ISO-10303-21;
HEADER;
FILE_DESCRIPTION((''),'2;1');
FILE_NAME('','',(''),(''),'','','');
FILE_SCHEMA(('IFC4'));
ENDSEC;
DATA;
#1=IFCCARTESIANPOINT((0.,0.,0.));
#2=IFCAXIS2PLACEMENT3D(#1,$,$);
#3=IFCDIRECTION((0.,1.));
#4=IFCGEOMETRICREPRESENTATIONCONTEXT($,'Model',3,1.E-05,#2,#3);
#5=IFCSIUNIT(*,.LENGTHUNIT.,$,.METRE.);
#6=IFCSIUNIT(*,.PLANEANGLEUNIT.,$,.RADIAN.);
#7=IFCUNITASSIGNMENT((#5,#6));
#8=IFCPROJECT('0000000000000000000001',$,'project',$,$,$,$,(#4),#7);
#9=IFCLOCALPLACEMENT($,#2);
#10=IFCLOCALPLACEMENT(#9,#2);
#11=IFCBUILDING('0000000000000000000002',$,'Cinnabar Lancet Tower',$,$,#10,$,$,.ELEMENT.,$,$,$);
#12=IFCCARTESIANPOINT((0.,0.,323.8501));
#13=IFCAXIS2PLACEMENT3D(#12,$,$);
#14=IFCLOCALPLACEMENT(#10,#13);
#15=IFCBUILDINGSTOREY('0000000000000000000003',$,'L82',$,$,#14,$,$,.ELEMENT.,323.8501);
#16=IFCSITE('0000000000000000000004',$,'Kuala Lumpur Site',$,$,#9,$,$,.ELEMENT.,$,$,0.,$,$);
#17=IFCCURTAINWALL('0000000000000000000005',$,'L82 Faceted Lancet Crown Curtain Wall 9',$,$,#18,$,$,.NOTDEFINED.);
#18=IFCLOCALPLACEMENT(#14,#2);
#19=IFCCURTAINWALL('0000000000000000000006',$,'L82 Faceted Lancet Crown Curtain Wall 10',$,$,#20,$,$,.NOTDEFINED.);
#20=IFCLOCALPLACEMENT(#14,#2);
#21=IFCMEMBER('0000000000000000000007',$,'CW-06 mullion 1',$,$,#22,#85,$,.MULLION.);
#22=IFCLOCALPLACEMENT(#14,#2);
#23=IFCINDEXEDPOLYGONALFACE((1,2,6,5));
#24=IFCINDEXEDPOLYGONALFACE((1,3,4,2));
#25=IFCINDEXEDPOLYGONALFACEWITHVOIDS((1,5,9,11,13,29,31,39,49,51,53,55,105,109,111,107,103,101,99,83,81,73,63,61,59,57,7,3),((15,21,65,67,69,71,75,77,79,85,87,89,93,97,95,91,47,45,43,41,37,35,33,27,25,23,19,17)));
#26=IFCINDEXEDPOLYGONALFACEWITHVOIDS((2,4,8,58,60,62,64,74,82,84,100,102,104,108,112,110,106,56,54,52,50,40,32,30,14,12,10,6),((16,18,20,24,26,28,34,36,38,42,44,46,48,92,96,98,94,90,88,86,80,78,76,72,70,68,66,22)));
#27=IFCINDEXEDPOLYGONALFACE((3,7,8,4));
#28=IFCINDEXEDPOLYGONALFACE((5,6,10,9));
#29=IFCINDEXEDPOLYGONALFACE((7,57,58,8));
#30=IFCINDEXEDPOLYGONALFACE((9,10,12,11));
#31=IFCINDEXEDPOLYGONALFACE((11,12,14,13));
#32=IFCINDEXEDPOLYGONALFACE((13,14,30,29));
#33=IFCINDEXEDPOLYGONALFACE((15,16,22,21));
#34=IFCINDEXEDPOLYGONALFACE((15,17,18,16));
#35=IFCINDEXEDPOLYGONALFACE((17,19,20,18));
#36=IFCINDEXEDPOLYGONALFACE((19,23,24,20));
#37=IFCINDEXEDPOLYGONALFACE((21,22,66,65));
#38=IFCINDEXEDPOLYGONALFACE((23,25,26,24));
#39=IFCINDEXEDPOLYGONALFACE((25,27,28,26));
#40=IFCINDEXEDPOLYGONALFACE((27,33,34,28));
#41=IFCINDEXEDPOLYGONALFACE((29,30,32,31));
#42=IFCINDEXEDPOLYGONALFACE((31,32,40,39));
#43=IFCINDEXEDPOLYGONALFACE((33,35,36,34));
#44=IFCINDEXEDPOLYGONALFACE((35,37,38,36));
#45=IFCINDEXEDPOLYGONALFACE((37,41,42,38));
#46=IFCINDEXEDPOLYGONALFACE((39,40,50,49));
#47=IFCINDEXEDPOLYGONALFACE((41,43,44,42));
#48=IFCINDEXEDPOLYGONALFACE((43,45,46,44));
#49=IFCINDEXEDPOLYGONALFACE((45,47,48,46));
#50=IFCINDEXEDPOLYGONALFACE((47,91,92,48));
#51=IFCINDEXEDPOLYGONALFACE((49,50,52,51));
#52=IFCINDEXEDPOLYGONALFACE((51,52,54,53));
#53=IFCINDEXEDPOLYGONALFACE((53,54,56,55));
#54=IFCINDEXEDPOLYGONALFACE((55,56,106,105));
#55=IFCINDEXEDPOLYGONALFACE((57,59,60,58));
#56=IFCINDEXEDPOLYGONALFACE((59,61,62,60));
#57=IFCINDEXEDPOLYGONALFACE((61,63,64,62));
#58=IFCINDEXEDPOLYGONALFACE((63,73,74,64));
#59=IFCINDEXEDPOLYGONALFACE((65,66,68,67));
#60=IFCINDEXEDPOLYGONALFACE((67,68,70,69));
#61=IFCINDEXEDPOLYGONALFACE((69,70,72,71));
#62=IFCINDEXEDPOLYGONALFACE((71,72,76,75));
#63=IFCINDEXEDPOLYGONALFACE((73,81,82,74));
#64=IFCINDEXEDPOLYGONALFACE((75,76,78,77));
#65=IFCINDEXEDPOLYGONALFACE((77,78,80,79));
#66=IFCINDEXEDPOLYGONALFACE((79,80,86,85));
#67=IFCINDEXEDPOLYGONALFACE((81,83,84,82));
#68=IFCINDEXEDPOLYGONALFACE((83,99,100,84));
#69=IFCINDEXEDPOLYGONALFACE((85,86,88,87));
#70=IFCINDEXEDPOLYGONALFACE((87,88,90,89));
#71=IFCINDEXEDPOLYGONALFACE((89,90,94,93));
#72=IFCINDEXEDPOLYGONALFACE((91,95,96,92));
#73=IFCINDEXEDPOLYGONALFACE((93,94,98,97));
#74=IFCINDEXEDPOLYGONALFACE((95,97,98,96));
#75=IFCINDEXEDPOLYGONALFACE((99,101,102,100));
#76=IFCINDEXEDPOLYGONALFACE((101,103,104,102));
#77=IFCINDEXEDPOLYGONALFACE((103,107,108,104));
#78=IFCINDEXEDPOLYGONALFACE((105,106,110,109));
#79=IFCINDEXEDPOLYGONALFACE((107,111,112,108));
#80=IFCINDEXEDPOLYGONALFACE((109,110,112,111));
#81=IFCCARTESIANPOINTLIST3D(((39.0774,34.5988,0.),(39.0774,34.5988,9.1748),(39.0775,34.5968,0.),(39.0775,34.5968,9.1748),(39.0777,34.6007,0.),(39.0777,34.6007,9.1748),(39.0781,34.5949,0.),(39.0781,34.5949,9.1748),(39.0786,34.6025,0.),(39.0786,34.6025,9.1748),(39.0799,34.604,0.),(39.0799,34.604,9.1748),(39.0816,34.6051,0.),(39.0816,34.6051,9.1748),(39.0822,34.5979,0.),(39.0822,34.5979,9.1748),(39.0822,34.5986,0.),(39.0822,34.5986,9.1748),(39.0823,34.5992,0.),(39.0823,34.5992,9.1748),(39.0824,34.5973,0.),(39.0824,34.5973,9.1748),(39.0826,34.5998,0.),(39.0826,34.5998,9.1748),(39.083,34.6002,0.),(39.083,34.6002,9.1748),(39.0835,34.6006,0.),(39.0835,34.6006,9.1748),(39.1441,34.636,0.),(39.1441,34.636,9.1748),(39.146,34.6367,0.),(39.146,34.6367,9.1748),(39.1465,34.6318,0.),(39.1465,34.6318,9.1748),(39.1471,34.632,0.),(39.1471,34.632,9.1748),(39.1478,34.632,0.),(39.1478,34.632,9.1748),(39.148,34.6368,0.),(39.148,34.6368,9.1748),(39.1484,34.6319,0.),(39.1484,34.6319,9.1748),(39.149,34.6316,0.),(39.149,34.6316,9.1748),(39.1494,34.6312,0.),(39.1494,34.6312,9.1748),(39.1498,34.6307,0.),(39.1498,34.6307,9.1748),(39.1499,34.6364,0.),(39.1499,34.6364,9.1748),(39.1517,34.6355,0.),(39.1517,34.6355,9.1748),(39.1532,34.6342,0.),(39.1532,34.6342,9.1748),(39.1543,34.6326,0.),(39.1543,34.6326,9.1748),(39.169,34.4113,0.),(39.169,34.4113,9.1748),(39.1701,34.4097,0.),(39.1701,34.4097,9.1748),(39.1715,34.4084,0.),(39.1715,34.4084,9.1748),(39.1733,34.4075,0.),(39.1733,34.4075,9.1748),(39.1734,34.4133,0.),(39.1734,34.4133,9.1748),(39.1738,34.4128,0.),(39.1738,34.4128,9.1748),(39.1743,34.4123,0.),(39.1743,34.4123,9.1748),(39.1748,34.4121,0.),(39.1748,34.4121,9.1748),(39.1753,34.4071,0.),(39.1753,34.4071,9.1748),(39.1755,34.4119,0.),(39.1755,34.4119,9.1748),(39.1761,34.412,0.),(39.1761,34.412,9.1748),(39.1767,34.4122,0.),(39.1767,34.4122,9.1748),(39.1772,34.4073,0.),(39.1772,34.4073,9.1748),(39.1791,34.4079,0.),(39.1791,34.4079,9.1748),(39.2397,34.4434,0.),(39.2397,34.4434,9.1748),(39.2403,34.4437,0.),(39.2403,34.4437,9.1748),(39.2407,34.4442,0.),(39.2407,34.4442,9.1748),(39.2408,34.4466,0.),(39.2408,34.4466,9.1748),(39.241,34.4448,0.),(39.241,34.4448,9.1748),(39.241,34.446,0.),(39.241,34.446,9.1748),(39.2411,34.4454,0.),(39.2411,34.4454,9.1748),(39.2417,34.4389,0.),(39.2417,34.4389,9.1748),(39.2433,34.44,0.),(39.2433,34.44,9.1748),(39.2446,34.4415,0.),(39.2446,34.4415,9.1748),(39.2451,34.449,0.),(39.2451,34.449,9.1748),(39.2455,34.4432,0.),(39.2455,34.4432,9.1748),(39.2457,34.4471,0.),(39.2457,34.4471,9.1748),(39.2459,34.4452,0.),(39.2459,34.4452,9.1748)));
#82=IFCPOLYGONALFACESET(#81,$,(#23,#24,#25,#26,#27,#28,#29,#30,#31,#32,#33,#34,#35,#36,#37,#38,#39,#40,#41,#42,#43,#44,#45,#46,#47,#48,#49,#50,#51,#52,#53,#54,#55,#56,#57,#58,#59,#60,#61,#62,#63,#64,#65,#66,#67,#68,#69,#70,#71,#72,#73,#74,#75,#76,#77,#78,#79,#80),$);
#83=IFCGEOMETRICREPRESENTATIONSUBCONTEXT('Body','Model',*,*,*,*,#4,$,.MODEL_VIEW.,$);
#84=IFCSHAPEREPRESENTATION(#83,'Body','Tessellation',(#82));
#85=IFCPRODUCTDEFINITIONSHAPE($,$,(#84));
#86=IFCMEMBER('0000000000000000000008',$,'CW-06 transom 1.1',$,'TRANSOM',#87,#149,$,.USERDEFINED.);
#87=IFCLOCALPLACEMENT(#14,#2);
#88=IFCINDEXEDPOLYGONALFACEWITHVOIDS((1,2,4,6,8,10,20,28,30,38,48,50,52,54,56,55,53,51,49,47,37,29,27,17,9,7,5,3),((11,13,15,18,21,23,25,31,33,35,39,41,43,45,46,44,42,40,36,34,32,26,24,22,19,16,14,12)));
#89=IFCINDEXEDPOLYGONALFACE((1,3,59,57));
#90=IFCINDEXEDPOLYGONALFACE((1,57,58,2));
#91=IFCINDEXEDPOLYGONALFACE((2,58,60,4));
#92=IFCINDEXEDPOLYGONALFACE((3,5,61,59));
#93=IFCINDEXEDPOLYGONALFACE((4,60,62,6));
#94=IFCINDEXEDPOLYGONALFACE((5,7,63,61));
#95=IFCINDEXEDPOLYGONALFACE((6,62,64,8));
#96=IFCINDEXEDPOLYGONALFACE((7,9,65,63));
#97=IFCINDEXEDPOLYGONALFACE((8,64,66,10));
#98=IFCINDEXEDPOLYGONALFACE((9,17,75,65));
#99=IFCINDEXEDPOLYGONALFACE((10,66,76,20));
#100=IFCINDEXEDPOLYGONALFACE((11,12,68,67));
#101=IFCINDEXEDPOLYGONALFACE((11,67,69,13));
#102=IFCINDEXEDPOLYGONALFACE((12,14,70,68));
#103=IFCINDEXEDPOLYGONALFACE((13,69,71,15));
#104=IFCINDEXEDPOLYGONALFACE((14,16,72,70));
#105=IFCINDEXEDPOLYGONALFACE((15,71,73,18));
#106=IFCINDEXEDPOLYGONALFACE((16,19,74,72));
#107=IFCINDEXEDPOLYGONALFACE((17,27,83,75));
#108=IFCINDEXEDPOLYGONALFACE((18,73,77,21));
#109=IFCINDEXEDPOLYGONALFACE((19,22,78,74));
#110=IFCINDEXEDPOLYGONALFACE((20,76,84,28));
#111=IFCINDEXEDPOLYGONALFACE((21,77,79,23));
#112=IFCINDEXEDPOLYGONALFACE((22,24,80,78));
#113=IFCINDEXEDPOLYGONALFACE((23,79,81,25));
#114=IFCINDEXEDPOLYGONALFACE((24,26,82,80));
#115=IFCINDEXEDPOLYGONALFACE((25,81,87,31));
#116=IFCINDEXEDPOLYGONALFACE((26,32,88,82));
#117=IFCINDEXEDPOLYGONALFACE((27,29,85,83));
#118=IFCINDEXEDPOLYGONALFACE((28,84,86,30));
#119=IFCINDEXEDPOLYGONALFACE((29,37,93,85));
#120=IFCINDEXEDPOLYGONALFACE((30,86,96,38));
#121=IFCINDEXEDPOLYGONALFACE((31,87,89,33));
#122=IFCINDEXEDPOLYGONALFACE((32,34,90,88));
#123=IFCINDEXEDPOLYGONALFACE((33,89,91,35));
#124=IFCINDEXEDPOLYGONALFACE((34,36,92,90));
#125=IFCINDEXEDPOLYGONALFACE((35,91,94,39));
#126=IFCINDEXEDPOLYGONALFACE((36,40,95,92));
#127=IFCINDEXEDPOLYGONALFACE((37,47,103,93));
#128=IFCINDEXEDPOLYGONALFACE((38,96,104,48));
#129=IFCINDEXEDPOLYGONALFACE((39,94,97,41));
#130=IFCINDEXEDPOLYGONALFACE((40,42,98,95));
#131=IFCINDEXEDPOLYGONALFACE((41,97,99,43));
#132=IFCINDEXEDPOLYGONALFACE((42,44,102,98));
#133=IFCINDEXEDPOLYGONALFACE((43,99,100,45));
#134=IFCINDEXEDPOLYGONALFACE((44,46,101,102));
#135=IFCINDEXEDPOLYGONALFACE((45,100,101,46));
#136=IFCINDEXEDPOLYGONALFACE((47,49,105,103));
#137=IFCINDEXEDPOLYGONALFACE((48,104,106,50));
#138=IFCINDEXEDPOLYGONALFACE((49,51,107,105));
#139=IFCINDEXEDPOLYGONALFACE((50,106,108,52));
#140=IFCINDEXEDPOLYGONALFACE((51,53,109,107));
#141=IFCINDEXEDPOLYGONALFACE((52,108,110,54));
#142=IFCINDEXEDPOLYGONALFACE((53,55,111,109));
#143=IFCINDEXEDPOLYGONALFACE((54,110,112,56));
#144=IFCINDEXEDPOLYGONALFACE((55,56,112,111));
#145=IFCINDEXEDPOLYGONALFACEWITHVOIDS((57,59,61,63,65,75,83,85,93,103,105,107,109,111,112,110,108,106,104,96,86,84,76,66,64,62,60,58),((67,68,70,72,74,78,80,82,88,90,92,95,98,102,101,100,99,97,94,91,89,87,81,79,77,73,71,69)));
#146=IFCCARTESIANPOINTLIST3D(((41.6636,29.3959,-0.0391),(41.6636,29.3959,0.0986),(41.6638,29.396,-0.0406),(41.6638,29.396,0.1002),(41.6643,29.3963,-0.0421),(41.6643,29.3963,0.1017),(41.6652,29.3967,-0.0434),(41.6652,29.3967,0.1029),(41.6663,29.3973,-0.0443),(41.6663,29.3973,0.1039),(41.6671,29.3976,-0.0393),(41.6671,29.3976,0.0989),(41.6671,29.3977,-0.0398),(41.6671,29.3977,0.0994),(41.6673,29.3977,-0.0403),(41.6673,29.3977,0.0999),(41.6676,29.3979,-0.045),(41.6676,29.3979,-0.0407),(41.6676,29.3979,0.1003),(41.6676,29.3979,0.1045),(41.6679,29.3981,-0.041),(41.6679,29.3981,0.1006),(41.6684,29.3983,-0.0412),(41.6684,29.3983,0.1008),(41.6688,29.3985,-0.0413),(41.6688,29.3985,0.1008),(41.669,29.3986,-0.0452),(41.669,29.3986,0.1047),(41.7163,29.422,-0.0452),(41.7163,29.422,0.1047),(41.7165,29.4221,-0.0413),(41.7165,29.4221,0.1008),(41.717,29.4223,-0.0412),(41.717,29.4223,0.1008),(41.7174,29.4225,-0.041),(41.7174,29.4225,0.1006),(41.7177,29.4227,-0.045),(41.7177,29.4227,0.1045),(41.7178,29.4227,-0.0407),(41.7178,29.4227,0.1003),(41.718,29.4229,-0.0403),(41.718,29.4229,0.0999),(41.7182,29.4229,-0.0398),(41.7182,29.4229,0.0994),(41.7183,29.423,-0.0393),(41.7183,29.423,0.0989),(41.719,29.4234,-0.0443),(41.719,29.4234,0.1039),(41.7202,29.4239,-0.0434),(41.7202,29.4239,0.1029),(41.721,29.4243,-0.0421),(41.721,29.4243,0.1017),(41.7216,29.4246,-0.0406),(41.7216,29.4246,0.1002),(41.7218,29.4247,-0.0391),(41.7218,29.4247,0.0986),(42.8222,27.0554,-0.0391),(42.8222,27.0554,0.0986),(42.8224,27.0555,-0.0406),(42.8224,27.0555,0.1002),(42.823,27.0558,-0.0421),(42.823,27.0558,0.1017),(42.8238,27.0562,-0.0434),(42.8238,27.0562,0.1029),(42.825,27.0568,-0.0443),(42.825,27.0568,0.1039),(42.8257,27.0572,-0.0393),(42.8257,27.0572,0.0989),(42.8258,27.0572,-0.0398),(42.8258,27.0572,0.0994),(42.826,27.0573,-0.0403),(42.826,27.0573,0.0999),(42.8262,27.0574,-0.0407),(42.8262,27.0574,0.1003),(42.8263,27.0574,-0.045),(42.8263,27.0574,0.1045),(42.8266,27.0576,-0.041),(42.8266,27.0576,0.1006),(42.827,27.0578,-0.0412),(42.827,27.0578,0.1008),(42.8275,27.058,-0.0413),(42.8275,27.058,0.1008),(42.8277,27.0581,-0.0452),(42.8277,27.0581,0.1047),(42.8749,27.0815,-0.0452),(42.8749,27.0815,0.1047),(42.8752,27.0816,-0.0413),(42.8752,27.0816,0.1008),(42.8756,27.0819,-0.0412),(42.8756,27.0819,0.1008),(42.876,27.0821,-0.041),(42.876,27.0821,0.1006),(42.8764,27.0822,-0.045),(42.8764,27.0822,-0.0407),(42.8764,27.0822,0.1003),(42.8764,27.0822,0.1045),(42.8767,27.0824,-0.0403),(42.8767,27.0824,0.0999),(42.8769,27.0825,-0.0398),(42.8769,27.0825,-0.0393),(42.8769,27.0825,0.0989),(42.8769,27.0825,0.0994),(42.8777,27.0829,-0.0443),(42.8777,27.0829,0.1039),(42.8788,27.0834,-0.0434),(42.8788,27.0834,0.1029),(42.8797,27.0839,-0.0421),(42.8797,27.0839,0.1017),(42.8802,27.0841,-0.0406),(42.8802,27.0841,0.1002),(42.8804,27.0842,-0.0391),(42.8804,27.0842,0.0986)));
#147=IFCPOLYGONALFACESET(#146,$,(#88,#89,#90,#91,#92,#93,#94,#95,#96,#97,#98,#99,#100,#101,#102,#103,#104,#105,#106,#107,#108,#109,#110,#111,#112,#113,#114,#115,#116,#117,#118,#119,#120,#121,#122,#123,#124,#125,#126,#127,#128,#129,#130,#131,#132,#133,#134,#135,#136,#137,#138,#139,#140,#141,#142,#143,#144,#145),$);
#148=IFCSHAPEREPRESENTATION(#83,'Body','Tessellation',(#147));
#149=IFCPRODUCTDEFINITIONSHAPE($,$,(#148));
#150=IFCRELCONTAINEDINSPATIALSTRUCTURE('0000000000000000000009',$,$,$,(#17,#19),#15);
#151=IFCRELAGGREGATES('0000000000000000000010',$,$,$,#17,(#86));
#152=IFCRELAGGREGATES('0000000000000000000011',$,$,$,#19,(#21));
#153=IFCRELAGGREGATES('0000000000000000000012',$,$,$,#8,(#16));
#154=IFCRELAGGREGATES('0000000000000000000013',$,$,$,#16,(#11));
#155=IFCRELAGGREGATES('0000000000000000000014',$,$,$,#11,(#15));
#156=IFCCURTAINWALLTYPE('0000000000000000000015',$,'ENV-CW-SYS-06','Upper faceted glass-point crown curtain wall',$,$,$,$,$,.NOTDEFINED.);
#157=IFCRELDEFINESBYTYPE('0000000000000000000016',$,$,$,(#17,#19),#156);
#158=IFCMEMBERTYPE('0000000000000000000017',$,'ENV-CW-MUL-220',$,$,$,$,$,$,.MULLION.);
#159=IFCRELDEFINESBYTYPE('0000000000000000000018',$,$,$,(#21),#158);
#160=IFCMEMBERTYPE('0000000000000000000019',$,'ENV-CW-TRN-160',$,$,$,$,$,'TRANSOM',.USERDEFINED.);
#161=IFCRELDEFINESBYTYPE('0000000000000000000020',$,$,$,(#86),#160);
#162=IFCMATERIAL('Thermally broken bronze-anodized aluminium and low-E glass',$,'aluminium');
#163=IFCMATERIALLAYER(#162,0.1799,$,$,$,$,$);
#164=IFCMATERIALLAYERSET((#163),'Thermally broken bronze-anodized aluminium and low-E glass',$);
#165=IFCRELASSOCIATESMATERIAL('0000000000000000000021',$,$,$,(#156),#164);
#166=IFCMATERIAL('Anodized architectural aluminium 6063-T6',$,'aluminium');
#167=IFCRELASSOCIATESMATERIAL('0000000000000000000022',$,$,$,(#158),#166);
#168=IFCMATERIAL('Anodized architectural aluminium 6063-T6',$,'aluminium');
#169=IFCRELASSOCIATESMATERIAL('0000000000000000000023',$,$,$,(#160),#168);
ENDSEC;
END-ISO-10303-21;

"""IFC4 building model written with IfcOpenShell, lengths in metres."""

from ifc_helpers import new_model, si_unit, direction, frame, origin, origin_2d, place, context, subcontext, project, spatial, hollow_rectangle, extrude, material, layer, layer_set, material_profile, profile_set, type_object, element, aggregate, save


model = new_model("IFC4")

# Units and contexts
model_context = context("Model", 3, precision=1e-05, world=origin(), true_north=direction((0.0, 1.0)))
body_context = subcontext(model_context, "Body", "Model", "MODEL_VIEW")
ifc_project = project(units=[si_unit("LENGTHUNIT", "METRE"), si_unit("PLANEANGLEUNIT", "RADIAN")], contexts=[model_context])

# Site, building, storey
site_placement = place(None, origin())
site = spatial("IfcSite", under=ifc_project, at=site_placement, Name="Kuala Lumpur Site", CompositionType="ELEMENT", RefElevation=0.0)
building_placement = place(site_placement, origin())
building = spatial("IfcBuilding", under=site, at=building_placement, Name="Cinnabar Lancet Tower", CompositionType="ELEMENT")
storey_placement = place(building_placement, frame((0.0, 0.0, 323.8501)))
storey = spatial("IfcBuildingStorey", under=building, at=storey_placement, Name="L82", CompositionType="ELEMENT", Elevation=323.8501)

# Curtain wall
ifc_material_1 = material(Name="Thermally broken bronze-anodized aluminium and low-E glass", Category="aluminium")
ifc_layer_1 = layer(ifc_material_1, 0.1799)
ifc_layer_set_1 = layer_set([ifc_layer_1], Name="Thermally broken bronze-anodized aluminium and low-E glass")
curtain_wall_type = type_object("IfcCurtainWallType", Name="ENV-CW-SYS-06", Description="Upper faceted glass-point crown curtain wall", PredefinedType="NOTDEFINED", material=ifc_layer_set_1)
curtain_wall_1_placement = place(storey_placement, origin())
curtain_wall_1 = element("IfcCurtainWall", 1, at=curtain_wall_1_placement, inside=storey, type_object=curtain_wall_type, Name="L82 Faceted Lancet Crown Curtain Wall 9", PredefinedType="NOTDEFINED")
ifc_material_2 = material(Name="Anodized architectural aluminium 6063-T6", Category="aluminium")
ifc_material_profile_1 = material_profile(ifc_material_2, hollow_rectangle(XDim=0.085, YDim=0.22, WallThickness=0.0049, InnerFilletRadius=0.0024, OuterFilletRadius=0.0076, at=origin_2d()), Name="CW-MUL 220x85x5")
ifc_profile_set_1 = profile_set([ifc_material_profile_1], Name="Anodized architectural aluminium 6063-T6")
member_type_1 = type_object("IfcMemberType", Name="ENV-CW-MUL-220", PredefinedType="MULLION", material=ifc_profile_set_1)

# Curtain wall, member
curtain_wall_2_placement = place(storey_placement, origin())
curtain_wall_2 = element("IfcCurtainWall", 2, at=curtain_wall_2_placement, inside=storey, type_object=curtain_wall_type, Name="L82 Faceted Lancet Crown Curtain Wall 10", PredefinedType="NOTDEFINED")
member_1_placement = place(storey_placement, frame((39.1616, 34.522, 0.0), z_axis=(0.0, 0.0, 1.0), x_axis=(-0.896337, -0.443373, 0.0)))
member_1 = element("IfcMember", 3, at=member_1_placement, type_object=member_type_1, Name="CW-06 mullion 1", PredefinedType="MULLION", context=body_context, shape_type="SweptSolid", body=[
    extrude(hollow_rectangle(XDim=0.085, YDim=0.22, WallThickness=0.0049, InnerFilletRadius=0.0024, OuterFilletRadius=0.0076, at=origin_2d()), origin(), (0.0, 0.0, 1.0), 9.1748),
])

# Member
ifc_material_3 = material(Name="Anodized architectural aluminium 6063-T6", Category="aluminium")
ifc_material_profile_2 = material_profile(ifc_material_3, hollow_rectangle(XDim=0.0649, YDim=0.1499, WallThickness=0.0039, InnerFilletRadius=0.002, OuterFilletRadius=0.0061, at=origin_2d()), Name="CW-TRN 150x65x4")
ifc_profile_set_2 = profile_set([ifc_material_profile_2], Name="Anodized architectural aluminium 6063-T6")
member_type_2 = type_object("IfcMemberType", Name="ENV-CW-TRN-160", ElementType="TRANSOM", PredefinedType="USERDEFINED", material=ifc_profile_set_2)
member_2_placement = place(storey_placement, frame((42.8513, 27.0698, 0.0298), z_axis=(-0.443658, 0.896196, 0.0), x_axis=(-0.896196, -0.443658, 0.0)))
member_2 = element("IfcMember", 4, at=member_2_placement, type_object=member_type_2, Name="CW-06 transom 1.1", ObjectType="TRANSOM", PredefinedType="USERDEFINED", context=body_context, shape_type="SweptSolid", body=[
    extrude(hollow_rectangle(XDim=0.0649, YDim=0.1499, WallThickness=0.0039, InnerFilletRadius=0.002, OuterFilletRadius=0.0061, at=origin_2d()), origin(), (0.0, 0.0, 1.0), 2.6116),
])

aggregate(curtain_wall_1, [member_2])
aggregate(curtain_wall_2, [member_1])

save(model, "model.ifc")
